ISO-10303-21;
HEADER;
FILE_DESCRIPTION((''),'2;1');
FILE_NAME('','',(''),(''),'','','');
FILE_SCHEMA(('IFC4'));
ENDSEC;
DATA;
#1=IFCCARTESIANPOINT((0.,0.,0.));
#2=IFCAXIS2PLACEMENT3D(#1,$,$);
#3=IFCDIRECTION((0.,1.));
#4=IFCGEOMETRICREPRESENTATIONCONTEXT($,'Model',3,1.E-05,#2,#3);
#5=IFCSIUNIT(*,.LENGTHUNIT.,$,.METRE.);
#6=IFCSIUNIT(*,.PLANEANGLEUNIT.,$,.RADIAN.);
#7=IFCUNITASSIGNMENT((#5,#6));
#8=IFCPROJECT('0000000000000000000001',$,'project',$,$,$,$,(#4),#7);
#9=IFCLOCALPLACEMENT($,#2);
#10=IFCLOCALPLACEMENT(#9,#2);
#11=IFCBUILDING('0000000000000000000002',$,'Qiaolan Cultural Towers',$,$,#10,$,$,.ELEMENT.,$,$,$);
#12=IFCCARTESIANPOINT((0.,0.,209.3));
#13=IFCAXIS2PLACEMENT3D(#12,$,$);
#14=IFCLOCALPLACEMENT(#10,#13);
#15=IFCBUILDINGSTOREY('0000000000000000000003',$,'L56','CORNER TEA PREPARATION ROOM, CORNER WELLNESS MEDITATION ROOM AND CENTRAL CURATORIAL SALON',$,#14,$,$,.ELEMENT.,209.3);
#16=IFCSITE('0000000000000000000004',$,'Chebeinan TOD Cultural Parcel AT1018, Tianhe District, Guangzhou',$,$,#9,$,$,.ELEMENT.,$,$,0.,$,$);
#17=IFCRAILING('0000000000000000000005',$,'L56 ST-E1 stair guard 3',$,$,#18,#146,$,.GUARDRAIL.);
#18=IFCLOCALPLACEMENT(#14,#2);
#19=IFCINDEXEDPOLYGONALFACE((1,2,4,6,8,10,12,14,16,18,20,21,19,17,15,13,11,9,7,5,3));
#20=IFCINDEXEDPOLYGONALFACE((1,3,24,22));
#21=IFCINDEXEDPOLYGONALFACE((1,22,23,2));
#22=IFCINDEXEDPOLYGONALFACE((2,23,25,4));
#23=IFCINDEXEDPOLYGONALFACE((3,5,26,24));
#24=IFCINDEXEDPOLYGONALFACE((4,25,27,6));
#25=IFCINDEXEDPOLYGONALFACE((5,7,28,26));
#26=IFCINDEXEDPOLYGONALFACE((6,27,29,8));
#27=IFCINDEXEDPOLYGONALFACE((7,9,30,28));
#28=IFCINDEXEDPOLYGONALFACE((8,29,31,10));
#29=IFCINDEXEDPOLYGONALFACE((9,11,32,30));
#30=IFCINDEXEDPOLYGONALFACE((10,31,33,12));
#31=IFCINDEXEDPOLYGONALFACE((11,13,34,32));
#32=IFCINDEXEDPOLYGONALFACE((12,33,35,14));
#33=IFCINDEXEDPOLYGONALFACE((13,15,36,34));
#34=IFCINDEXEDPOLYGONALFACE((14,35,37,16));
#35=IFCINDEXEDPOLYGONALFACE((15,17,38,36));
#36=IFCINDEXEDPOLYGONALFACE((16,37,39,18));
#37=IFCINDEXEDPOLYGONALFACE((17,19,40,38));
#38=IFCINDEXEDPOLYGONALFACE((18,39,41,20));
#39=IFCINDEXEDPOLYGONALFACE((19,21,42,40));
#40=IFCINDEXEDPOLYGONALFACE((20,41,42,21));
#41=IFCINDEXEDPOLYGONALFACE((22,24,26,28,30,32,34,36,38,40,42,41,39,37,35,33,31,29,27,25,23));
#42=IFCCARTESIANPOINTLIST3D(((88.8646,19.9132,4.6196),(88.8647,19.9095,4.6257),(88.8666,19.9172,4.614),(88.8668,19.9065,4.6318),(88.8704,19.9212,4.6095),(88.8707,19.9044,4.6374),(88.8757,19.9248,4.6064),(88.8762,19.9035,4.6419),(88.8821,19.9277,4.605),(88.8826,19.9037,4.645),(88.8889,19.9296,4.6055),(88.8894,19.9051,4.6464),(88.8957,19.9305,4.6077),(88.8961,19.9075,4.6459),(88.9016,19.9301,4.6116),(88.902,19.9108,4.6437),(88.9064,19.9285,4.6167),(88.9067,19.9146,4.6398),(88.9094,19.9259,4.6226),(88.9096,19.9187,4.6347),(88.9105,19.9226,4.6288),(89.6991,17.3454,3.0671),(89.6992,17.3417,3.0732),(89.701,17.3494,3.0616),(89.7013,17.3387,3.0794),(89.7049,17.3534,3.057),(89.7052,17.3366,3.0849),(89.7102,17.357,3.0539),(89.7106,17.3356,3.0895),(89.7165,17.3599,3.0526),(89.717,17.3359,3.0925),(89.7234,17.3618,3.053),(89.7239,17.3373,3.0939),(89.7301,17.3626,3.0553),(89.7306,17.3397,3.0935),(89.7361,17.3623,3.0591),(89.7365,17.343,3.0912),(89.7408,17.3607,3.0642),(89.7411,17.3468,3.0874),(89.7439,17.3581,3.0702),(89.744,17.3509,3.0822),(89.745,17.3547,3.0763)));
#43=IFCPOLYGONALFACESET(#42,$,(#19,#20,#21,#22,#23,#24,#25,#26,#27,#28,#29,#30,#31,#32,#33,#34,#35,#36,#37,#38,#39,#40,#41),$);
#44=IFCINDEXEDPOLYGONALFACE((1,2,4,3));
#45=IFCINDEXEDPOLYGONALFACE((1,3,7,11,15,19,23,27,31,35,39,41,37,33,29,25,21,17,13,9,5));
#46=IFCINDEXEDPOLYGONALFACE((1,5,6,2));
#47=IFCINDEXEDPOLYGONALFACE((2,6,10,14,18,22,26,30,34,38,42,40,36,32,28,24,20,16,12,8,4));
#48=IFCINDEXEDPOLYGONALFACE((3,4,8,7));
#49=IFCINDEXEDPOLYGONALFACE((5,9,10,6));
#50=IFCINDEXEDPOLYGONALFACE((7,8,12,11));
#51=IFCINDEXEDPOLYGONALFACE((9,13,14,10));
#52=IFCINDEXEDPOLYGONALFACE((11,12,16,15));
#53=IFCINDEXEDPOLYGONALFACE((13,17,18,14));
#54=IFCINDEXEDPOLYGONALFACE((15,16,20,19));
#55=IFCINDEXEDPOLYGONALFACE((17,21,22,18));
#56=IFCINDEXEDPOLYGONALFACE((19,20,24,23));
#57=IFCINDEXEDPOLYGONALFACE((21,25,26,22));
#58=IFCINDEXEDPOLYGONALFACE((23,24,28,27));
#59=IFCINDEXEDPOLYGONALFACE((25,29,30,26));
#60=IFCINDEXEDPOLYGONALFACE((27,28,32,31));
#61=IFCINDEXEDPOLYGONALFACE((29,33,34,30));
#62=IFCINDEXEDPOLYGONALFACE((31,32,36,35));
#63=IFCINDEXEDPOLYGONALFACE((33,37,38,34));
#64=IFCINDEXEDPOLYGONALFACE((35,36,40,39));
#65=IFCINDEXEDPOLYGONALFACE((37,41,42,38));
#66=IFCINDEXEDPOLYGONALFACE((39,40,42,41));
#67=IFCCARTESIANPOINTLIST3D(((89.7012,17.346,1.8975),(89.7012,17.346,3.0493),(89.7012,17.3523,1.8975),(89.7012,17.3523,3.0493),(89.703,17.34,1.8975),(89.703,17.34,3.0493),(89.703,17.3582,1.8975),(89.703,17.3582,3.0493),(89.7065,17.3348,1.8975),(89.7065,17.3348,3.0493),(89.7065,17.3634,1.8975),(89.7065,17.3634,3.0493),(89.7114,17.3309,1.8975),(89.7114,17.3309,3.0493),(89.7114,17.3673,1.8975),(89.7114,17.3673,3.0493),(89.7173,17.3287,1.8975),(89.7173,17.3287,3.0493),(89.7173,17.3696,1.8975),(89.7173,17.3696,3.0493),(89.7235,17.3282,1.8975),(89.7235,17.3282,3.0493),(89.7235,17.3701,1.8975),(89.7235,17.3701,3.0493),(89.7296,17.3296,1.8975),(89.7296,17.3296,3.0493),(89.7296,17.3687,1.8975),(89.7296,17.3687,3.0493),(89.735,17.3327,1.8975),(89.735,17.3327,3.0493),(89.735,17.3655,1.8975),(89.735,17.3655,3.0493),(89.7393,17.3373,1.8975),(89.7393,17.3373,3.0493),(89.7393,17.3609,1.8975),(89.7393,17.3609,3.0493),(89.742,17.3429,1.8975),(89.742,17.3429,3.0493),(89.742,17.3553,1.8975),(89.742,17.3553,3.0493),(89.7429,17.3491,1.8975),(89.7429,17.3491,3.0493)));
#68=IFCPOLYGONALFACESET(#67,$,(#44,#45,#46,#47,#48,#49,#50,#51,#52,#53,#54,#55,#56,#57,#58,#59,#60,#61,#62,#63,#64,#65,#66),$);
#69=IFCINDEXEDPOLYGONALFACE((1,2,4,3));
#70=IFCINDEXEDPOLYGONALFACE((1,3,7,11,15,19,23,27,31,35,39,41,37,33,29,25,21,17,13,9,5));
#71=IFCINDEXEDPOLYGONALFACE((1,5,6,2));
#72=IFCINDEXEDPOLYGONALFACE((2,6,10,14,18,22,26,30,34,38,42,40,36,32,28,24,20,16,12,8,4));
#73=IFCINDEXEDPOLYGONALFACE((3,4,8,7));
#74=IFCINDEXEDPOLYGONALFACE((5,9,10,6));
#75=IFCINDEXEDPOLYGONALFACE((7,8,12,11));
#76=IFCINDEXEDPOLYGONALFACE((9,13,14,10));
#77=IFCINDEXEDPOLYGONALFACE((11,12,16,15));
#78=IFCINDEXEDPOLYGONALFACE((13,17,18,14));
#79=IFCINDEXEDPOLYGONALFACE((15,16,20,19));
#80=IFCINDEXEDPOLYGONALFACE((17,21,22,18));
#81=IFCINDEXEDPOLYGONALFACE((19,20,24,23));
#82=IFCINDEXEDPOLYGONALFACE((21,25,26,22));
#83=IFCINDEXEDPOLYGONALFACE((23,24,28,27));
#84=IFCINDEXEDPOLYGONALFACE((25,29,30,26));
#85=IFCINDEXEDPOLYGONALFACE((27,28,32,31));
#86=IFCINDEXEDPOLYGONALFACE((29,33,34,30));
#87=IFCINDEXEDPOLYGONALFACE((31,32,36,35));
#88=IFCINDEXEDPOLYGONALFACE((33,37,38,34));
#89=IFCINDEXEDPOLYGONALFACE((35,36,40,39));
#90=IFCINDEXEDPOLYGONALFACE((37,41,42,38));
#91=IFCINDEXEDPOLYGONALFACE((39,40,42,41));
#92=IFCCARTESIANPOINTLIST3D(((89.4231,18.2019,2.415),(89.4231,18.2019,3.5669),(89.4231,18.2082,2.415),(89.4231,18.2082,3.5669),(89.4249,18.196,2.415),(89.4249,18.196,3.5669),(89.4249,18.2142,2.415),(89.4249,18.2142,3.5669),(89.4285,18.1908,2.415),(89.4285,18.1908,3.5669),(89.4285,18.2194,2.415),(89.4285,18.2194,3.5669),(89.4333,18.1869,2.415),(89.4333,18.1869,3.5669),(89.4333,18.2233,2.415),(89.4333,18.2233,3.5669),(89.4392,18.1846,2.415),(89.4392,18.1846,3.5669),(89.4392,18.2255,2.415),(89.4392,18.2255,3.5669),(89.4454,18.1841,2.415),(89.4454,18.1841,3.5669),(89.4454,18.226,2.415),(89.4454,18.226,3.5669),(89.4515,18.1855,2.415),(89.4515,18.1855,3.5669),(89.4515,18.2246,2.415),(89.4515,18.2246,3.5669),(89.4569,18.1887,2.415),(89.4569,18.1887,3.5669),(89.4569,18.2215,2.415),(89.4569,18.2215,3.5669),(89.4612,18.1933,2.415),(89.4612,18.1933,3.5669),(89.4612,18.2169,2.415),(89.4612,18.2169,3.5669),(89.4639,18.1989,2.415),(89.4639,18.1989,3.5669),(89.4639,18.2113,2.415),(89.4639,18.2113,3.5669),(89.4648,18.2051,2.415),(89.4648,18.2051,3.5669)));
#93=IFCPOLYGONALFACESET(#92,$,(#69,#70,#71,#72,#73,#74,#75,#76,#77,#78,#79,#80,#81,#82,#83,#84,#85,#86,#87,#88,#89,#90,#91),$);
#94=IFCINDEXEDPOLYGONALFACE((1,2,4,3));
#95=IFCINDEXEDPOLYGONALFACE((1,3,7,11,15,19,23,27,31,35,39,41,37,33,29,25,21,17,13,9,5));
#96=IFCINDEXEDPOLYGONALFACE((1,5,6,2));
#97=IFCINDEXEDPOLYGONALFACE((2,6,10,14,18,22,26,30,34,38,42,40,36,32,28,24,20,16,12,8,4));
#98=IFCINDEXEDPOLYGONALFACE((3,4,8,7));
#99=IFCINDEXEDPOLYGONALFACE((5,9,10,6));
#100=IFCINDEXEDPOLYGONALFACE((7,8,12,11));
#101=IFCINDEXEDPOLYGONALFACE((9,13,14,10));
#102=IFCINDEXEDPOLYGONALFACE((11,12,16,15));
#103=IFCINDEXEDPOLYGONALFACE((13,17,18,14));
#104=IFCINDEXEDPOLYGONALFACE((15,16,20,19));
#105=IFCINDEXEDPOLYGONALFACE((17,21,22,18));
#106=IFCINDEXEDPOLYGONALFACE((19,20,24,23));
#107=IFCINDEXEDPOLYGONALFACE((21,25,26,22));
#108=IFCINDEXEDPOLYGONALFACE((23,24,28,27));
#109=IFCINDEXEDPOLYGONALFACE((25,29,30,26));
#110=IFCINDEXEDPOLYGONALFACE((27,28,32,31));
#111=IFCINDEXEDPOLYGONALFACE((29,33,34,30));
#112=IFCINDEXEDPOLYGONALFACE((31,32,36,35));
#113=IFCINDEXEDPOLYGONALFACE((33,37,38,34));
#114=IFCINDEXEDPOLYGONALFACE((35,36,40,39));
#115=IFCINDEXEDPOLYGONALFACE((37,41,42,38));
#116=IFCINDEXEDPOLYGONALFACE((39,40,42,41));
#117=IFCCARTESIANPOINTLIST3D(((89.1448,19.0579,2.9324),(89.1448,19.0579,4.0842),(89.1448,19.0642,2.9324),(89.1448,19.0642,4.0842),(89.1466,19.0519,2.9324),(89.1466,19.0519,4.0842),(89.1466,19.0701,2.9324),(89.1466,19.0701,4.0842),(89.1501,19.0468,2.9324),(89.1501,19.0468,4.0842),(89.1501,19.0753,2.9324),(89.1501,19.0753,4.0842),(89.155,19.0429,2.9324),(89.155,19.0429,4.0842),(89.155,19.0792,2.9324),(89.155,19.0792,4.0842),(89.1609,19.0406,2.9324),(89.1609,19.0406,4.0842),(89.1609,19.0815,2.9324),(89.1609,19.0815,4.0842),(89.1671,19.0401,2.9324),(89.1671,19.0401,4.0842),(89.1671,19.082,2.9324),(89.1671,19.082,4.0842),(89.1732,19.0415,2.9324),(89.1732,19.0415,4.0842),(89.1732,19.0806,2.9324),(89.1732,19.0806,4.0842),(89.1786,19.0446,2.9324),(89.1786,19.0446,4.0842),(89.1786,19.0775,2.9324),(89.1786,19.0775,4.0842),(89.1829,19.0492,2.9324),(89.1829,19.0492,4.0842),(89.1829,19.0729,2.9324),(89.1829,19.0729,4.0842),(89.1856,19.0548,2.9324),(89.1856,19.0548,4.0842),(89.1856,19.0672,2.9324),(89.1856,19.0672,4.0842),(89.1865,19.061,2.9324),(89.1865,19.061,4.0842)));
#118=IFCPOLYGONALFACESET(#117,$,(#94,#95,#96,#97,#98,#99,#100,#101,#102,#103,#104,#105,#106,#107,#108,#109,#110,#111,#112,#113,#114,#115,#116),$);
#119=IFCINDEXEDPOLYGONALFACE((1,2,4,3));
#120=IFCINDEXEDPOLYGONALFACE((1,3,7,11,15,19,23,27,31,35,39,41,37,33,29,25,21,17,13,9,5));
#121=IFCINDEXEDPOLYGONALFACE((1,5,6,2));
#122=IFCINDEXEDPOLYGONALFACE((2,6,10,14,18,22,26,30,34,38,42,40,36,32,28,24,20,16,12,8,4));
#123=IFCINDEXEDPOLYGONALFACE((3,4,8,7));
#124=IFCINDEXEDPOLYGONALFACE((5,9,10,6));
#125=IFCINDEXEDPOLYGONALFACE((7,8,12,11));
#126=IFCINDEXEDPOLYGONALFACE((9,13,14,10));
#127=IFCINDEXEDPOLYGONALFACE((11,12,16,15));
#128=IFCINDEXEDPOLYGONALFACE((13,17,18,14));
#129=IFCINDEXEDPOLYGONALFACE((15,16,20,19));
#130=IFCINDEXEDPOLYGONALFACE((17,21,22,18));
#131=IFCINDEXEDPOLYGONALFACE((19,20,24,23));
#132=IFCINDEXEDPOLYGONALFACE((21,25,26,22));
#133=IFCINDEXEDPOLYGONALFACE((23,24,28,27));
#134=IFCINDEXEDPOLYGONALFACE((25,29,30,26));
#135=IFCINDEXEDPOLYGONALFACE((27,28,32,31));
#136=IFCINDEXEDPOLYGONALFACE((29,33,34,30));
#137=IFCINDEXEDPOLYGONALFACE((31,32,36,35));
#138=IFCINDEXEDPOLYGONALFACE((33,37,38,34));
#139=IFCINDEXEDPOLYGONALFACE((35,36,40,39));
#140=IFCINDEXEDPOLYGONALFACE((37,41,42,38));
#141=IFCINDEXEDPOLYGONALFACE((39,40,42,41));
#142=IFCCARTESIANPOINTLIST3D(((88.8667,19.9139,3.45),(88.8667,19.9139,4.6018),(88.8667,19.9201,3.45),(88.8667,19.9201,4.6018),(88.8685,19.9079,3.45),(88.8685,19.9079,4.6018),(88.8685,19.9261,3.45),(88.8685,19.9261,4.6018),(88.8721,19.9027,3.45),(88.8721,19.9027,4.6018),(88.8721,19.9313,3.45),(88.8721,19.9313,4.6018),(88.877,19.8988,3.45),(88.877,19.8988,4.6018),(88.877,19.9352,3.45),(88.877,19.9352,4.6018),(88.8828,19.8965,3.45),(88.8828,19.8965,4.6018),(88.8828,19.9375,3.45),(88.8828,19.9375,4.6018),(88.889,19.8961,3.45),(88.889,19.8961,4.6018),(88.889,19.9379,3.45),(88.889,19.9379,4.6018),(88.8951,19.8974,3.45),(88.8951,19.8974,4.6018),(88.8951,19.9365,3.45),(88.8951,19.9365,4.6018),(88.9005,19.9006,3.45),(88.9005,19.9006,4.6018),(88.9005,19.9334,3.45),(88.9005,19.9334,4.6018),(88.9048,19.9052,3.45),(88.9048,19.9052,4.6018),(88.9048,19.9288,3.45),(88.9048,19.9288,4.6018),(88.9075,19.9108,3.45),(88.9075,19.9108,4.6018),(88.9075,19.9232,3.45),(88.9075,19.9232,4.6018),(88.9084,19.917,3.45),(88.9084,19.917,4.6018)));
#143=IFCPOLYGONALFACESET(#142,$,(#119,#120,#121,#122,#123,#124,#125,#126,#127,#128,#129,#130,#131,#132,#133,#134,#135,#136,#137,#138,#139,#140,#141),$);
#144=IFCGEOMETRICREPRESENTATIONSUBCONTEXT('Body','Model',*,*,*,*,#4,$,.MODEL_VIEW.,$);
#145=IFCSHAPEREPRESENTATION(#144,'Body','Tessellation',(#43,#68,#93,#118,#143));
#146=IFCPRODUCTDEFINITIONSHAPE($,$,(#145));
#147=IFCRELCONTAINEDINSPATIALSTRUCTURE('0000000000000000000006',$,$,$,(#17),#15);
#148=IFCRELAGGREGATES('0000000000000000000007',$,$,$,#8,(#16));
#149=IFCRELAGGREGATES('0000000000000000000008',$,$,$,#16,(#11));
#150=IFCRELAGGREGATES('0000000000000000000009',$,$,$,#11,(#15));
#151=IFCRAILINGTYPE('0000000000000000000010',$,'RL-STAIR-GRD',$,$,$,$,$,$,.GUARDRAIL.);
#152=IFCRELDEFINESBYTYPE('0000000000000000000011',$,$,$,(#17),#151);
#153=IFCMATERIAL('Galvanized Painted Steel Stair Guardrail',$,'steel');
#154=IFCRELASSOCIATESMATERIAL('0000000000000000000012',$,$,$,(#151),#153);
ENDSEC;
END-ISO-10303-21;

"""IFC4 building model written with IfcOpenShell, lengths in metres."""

from ifc_helpers import new_model, si_unit, direction, frame, origin, origin_2d, place, context, subcontext, project, spatial, circle, extrude, material, type_object, element, save


model = new_model("IFC4")

# Units and contexts
model_context = context("Model", 3, precision=1e-05, world=origin(), true_north=direction((0.0, 1.0)))
body_context = subcontext(model_context, "Body", "Model", "MODEL_VIEW")
ifc_project = project(units=[si_unit("LENGTHUNIT", "METRE"), si_unit("PLANEANGLEUNIT", "RADIAN")], contexts=[model_context])

# Site, building, storey
site_placement = place(None, origin())
site = spatial("IfcSite", under=ifc_project, at=site_placement, Name="Chebeinan TOD Cultural Parcel AT1018, Tianhe District, Guangzhou", CompositionType="ELEMENT", RefElevation=0.0)
building_placement = place(site_placement, origin())
building = spatial("IfcBuilding", under=site, at=building_placement, Name="Qiaolan Cultural Towers", CompositionType="ELEMENT")
storey_placement = place(building_placement, frame((0.0, 0.0, 209.3)))
storey = spatial("IfcBuildingStorey", under=building, at=storey_placement, Name="L56", Description="CORNER TEA PREPARATION ROOM, CORNER WELLNESS MEDITATION ROOM AND CENTRAL CURATORIAL SALON", CompositionType="ELEMENT", Elevation=209.3)

# Railing
ifc_material_1 = material(Name="Galvanized Painted Steel Stair Guardrail", Category="steel")
railing_type_1 = type_object("IfcRailingType", Name="RL-STAIR-GRD", PredefinedType="GUARDRAIL", material=ifc_material_1)
railing_1_placement = place(storey_placement, frame((89.7219, 17.3491, 1.8975)))
element("IfcRailing", 1, at=railing_1_placement, inside=storey, type_object=railing_type_1, Name="L56 ST-E1 stair guard 3", PredefinedType="GUARDRAIL", context=body_context, shape_type="SweptSolid", body=[
    extrude(circle(Radius=0.0239, at=origin_2d()), frame((0.0, 0.0, 1.1758), z_axis=(-0.267926, 0.824471, 0.498461), x_axis=(-0.951043, -0.309057, 0.0)), (0.0, 0.0, 1.0), 3.1145),
    extrude(circle(Radius=0.021, at=origin_2d()), origin(), (0.0, 0.0, 1.0), 1.1519),
    extrude(circle(Radius=0.021, at=origin_2d()), frame((-0.2781, 0.856, 0.5176)), (0.0, 0.0, 1.0), 1.1519),
    extrude(circle(Radius=0.021, at=origin_2d()), frame((-0.5564, 1.7119, 1.0349)), (0.0, 0.0, 1.0), 1.1519),
    extrude(circle(Radius=0.021, at=origin_2d()), frame((-0.8345, 2.5679, 1.5525)), (0.0, 0.0, 1.0), 1.1519),
])

save(model, "model.ifc")
